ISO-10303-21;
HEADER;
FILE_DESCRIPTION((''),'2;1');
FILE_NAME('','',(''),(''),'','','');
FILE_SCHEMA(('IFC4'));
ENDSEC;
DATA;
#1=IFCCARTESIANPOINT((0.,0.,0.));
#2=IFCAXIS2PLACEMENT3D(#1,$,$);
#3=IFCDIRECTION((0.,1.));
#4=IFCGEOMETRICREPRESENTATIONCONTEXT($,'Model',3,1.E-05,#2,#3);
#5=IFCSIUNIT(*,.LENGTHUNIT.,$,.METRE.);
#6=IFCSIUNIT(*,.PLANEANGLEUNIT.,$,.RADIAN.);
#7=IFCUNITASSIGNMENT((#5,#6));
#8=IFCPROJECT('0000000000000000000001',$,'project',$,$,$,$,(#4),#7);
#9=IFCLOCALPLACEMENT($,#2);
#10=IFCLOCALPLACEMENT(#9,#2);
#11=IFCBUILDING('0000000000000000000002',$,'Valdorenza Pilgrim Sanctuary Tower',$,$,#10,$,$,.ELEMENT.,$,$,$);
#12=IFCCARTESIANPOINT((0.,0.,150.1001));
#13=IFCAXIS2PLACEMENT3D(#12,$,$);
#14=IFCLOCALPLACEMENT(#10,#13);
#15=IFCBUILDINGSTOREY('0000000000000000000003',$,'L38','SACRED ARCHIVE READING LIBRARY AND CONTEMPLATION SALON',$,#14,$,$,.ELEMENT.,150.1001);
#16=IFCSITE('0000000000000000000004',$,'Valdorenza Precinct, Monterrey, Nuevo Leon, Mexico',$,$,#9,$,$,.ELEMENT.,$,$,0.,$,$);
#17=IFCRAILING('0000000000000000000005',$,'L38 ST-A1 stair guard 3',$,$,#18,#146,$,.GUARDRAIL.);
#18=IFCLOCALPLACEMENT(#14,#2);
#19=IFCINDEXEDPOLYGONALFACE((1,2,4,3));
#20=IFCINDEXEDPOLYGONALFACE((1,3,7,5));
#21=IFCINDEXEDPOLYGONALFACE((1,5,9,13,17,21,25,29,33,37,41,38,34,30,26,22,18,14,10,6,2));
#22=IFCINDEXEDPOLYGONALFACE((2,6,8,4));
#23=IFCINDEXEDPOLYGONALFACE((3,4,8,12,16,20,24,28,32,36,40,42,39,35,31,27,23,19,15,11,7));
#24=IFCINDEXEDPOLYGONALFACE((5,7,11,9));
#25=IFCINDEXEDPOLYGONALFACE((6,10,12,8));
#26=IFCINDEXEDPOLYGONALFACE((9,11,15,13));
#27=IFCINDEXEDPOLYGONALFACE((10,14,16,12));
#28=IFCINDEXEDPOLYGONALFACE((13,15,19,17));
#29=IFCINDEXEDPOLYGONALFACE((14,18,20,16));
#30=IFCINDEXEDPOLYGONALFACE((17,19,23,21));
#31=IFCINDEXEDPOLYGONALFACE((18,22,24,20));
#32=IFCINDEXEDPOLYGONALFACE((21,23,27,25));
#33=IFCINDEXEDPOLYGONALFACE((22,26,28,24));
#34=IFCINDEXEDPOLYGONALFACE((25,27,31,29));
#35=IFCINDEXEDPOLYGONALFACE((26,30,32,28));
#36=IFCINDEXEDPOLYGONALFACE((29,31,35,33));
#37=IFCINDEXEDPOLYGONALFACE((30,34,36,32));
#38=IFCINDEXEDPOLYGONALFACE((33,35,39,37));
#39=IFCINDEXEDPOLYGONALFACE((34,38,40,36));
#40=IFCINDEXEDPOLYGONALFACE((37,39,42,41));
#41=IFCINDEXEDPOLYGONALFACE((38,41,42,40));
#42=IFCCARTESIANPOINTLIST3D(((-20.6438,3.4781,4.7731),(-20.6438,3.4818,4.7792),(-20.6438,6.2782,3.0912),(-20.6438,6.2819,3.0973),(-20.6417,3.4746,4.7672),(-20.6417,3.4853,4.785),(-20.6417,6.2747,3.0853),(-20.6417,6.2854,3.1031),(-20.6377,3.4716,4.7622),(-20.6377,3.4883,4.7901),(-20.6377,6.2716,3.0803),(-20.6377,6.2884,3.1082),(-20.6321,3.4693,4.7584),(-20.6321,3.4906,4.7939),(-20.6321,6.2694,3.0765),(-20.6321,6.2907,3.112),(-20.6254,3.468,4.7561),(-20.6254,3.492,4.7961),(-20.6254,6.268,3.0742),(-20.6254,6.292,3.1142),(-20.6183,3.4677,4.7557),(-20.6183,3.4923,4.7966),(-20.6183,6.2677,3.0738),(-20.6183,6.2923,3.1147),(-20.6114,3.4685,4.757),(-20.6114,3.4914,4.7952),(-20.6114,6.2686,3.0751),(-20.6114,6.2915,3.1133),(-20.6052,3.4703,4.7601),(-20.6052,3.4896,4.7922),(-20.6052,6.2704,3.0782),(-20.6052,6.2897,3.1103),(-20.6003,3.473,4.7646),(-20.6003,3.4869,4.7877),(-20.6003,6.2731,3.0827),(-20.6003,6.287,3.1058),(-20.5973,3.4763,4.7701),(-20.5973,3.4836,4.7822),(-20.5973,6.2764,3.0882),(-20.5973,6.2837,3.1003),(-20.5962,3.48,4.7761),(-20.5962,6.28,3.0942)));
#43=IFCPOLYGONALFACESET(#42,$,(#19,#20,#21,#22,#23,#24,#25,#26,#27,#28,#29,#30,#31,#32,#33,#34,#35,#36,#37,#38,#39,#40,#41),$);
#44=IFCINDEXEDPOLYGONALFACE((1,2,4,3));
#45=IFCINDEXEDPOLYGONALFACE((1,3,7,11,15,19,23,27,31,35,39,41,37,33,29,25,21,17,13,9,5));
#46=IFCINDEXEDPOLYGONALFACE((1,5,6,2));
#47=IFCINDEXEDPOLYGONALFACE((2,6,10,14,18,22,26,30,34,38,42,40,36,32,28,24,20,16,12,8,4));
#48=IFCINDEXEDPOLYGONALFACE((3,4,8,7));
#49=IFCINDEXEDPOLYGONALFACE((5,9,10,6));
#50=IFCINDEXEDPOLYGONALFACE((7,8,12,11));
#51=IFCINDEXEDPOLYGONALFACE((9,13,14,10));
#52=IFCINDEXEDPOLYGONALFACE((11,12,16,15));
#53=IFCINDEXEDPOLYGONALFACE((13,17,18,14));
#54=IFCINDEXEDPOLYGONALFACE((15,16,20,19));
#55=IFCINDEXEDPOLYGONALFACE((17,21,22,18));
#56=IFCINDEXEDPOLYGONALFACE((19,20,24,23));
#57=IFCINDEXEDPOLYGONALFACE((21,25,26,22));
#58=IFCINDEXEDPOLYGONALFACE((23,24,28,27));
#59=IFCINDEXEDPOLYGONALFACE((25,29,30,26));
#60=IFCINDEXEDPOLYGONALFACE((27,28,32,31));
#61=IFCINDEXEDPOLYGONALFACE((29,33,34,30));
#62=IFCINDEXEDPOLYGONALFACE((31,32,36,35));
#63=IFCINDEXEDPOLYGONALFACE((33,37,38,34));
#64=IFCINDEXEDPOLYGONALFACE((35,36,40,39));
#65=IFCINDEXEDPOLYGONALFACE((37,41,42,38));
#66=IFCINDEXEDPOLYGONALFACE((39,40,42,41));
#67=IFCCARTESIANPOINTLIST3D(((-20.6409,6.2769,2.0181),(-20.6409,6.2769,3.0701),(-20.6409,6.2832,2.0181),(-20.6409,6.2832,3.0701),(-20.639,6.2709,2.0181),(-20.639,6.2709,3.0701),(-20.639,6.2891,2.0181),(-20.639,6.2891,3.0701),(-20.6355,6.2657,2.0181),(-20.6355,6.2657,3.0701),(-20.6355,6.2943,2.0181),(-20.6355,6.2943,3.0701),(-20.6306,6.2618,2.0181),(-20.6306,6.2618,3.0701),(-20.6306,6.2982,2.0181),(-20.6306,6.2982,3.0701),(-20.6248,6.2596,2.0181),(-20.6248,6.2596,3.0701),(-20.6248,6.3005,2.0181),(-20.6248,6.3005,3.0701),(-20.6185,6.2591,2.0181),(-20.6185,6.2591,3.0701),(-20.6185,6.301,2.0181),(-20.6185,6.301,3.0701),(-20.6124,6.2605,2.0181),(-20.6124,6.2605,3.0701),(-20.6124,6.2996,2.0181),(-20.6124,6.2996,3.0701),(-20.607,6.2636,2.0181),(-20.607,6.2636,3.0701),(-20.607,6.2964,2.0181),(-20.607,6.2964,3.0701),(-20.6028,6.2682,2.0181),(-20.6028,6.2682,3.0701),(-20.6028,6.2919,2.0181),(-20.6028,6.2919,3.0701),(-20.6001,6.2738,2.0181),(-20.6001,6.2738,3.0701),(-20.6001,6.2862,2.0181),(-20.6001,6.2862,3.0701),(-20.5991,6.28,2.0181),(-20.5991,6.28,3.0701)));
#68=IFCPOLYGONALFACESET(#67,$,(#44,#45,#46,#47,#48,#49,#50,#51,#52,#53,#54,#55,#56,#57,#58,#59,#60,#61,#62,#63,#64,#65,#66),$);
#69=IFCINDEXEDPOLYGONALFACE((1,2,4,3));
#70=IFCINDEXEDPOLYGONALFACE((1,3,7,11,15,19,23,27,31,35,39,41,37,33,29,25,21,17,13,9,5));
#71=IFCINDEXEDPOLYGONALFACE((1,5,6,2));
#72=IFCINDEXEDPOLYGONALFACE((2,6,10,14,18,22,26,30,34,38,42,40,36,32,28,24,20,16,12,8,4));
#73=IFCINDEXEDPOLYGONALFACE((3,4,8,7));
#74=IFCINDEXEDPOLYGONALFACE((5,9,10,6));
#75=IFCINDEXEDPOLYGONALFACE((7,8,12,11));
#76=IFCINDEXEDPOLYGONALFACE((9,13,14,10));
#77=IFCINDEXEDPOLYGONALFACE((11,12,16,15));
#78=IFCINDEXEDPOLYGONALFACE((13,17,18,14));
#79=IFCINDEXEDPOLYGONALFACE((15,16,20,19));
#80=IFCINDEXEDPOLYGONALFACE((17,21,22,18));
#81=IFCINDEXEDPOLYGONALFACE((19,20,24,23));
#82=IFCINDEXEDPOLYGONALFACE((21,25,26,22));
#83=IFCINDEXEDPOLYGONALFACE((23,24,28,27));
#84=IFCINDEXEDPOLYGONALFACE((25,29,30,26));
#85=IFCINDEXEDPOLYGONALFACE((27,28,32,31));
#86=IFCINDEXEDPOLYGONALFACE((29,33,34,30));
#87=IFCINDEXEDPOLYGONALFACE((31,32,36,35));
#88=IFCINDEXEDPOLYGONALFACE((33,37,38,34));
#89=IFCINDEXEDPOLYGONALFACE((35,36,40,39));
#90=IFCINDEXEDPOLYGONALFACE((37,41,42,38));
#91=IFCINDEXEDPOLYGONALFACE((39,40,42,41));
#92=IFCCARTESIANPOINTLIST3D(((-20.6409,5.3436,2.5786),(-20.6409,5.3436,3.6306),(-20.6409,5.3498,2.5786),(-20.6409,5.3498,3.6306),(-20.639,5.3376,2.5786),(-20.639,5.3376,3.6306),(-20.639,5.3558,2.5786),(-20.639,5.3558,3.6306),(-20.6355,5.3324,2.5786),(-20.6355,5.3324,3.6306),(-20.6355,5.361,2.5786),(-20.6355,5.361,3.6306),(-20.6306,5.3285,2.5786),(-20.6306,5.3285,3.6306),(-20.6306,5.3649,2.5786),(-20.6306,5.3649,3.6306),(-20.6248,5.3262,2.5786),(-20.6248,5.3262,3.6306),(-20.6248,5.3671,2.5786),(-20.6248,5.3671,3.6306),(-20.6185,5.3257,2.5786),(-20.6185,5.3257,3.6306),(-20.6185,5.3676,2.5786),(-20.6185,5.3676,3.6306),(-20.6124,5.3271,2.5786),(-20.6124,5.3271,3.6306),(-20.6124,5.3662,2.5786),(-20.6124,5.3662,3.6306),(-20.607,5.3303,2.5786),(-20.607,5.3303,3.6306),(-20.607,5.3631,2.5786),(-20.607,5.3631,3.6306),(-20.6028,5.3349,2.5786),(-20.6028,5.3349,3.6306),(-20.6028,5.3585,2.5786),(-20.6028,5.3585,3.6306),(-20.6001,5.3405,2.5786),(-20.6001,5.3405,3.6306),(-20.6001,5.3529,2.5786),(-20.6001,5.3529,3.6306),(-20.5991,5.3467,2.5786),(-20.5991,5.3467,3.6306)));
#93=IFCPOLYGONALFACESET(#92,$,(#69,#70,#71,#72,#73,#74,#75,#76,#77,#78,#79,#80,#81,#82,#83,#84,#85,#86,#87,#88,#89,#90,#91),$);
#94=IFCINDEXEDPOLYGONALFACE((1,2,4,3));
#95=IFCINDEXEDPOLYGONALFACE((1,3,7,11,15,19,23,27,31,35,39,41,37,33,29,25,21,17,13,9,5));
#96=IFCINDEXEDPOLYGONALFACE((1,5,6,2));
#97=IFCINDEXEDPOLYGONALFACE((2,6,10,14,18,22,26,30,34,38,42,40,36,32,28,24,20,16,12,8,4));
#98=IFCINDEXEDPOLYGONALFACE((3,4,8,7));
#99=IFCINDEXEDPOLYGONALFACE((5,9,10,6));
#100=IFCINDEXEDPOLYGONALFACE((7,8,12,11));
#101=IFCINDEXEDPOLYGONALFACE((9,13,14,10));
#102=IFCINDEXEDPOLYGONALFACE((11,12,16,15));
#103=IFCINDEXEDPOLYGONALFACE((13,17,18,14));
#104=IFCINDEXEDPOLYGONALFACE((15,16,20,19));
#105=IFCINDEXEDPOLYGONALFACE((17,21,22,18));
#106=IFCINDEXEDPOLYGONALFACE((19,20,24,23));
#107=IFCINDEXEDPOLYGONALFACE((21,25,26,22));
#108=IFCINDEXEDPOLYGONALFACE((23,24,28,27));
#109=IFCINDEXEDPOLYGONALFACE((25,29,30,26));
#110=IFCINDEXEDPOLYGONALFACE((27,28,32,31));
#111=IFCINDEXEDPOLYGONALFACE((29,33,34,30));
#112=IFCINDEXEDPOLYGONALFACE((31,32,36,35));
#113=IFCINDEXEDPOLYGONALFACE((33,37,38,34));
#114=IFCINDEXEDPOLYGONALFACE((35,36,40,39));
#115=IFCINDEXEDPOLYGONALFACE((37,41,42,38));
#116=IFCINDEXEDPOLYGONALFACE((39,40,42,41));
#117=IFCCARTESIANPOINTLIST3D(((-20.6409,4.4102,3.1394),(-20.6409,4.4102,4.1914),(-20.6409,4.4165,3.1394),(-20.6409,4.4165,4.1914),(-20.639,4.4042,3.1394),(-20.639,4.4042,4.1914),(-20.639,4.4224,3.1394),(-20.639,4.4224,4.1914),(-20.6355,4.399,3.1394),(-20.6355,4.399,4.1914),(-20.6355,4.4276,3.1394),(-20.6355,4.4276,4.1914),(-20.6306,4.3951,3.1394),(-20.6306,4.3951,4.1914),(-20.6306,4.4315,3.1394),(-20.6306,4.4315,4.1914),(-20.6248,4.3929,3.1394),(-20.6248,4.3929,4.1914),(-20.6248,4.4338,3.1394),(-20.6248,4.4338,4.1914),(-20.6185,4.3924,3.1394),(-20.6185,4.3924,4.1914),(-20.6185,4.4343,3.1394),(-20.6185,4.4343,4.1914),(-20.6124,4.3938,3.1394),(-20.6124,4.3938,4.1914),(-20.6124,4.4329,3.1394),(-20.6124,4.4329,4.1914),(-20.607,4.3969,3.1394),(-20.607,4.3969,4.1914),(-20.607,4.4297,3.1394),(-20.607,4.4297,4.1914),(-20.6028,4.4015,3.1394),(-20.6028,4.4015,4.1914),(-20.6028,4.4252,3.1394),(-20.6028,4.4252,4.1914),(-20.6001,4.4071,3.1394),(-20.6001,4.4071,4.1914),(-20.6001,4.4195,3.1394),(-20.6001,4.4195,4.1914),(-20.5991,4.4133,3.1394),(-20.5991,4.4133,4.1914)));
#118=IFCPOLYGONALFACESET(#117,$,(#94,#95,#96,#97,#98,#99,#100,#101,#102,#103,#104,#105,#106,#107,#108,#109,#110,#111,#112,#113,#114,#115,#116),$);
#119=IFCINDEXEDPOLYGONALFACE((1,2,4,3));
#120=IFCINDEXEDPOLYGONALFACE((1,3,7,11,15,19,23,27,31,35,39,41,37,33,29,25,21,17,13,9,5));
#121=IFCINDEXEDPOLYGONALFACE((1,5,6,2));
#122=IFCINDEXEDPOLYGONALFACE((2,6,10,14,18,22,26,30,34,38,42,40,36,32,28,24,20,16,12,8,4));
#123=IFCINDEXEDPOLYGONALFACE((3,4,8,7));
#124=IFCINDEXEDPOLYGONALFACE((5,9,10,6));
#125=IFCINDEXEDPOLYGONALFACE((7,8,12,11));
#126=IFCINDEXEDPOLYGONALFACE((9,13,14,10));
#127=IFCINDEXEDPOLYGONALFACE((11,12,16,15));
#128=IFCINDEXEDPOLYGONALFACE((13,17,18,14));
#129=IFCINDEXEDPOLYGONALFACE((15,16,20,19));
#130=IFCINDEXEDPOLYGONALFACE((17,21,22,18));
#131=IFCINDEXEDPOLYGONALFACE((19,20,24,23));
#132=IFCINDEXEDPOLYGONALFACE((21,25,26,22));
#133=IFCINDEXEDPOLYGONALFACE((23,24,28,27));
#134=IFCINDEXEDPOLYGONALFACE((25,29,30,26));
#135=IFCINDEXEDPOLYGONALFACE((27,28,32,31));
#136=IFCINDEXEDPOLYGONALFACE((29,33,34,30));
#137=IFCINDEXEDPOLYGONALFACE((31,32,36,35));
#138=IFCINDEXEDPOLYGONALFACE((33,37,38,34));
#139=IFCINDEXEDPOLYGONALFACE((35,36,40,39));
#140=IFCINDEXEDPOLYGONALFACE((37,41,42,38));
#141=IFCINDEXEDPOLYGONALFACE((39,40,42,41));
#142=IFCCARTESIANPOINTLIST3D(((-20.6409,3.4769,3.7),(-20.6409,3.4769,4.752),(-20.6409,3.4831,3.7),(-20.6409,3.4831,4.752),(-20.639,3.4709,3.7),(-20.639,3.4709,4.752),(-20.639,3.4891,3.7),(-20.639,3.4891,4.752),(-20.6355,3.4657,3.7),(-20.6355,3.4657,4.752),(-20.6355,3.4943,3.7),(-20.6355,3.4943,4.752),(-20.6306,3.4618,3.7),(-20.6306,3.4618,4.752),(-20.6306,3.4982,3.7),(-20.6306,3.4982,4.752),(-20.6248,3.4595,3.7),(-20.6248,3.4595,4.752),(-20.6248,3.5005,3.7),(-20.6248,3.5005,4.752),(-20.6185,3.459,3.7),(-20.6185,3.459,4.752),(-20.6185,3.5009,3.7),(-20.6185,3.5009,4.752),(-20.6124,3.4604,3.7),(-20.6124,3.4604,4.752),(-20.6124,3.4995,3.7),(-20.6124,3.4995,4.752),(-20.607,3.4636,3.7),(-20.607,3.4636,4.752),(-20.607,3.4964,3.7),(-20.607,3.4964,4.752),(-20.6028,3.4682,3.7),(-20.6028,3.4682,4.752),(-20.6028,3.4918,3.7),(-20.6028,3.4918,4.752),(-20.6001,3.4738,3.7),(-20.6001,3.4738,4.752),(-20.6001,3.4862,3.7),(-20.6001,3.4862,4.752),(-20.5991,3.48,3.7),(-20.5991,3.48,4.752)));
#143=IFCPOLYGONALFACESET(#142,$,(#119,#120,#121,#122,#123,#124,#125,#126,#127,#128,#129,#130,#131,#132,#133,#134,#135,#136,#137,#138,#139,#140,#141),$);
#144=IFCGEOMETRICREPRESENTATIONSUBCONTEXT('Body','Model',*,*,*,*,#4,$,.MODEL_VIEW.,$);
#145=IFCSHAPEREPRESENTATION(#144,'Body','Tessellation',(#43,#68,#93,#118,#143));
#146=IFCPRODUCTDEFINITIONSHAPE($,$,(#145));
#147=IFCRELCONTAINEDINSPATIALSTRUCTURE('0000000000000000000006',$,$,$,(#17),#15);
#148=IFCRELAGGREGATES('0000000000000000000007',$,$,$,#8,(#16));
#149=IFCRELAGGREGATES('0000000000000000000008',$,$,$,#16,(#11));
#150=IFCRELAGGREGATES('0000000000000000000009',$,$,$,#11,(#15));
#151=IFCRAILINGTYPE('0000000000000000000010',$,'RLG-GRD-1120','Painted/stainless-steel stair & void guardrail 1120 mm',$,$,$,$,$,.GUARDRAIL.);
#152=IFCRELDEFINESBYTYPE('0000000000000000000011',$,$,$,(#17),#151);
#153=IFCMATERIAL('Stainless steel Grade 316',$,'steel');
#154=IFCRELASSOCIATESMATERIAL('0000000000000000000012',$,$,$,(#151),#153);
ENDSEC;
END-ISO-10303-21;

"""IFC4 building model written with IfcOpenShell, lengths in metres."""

from ifc_helpers import new_model, si_unit, direction, frame, origin, origin_2d, place, context, subcontext, project, spatial, circle, extrude, material, type_object, element, save


model = new_model("IFC4")

# Units and contexts
model_context = context("Model", 3, precision=1e-05, world=origin(), true_north=direction((0.0, 1.0)))
body_context = subcontext(model_context, "Body", "Model", "MODEL_VIEW")
ifc_project = project(units=[si_unit("LENGTHUNIT", "METRE"), si_unit("PLANEANGLEUNIT", "RADIAN")], contexts=[model_context])

# Site, building, storey
site_placement = place(None, origin())
site = spatial("IfcSite", under=ifc_project, at=site_placement, Name="Valdorenza Precinct, Monterrey, Nuevo Leon, Mexico", CompositionType="ELEMENT", RefElevation=0.0)
building_placement = place(site_placement, origin())
building = spatial("IfcBuilding", under=site, at=building_placement, Name="Valdorenza Pilgrim Sanctuary Tower", CompositionType="ELEMENT")
storey_placement = place(building_placement, frame((0.0, 0.0, 150.1001)))
storey = spatial("IfcBuildingStorey", under=building, at=storey_placement, Name="L38", Description="SACRED ARCHIVE READING LIBRARY AND CONTEMPLATION SALON", CompositionType="ELEMENT", Elevation=150.1001)

# Railing
ifc_material_1 = material(Name="Stainless steel Grade 316", Category="steel")
railing_type_1 = type_object("IfcRailingType", Name="RLG-GRD-1120", Description="Painted/stainless-steel stair & void guardrail 1120 mm", PredefinedType="GUARDRAIL", material=ifc_material_1)
railing_1_placement = place(storey_placement, frame((-20.6201, 6.28, 2.0181)))
element("IfcRailing", 1, at=railing_1_placement, inside=storey, type_object=railing_type_1, Name="L38 ST-A1 stair guard 3", PredefinedType="GUARDRAIL", context=body_context, shape_type="SweptSolid", body=[
    extrude(circle(Radius=0.0239, at=origin_2d()), frame((0.0, 0.0, 1.0762), z_axis=(0.0, -0.857242, 0.514913), x_axis=(1.0, 0.0, 0.0)), (0.0, 0.0, 1.0), 3.2664),
    extrude(circle(Radius=0.021, at=origin_2d()), origin(), (0.0, 0.0, 1.0), 1.052),
    extrude(circle(Radius=0.021, at=origin_2d()), frame((0.0, -0.9333, 0.5605)), (0.0, 0.0, 1.0), 1.052),
    extrude(circle(Radius=0.021, at=origin_2d()), frame((0.0, -1.8667, 1.1213)), (0.0, 0.0, 1.0), 1.052),
    extrude(circle(Radius=0.021, at=origin_2d()), frame((0.0, -2.8, 1.6819)), (0.0, 0.0, 1.0), 1.052),
])

save(model, "model.ifc")
